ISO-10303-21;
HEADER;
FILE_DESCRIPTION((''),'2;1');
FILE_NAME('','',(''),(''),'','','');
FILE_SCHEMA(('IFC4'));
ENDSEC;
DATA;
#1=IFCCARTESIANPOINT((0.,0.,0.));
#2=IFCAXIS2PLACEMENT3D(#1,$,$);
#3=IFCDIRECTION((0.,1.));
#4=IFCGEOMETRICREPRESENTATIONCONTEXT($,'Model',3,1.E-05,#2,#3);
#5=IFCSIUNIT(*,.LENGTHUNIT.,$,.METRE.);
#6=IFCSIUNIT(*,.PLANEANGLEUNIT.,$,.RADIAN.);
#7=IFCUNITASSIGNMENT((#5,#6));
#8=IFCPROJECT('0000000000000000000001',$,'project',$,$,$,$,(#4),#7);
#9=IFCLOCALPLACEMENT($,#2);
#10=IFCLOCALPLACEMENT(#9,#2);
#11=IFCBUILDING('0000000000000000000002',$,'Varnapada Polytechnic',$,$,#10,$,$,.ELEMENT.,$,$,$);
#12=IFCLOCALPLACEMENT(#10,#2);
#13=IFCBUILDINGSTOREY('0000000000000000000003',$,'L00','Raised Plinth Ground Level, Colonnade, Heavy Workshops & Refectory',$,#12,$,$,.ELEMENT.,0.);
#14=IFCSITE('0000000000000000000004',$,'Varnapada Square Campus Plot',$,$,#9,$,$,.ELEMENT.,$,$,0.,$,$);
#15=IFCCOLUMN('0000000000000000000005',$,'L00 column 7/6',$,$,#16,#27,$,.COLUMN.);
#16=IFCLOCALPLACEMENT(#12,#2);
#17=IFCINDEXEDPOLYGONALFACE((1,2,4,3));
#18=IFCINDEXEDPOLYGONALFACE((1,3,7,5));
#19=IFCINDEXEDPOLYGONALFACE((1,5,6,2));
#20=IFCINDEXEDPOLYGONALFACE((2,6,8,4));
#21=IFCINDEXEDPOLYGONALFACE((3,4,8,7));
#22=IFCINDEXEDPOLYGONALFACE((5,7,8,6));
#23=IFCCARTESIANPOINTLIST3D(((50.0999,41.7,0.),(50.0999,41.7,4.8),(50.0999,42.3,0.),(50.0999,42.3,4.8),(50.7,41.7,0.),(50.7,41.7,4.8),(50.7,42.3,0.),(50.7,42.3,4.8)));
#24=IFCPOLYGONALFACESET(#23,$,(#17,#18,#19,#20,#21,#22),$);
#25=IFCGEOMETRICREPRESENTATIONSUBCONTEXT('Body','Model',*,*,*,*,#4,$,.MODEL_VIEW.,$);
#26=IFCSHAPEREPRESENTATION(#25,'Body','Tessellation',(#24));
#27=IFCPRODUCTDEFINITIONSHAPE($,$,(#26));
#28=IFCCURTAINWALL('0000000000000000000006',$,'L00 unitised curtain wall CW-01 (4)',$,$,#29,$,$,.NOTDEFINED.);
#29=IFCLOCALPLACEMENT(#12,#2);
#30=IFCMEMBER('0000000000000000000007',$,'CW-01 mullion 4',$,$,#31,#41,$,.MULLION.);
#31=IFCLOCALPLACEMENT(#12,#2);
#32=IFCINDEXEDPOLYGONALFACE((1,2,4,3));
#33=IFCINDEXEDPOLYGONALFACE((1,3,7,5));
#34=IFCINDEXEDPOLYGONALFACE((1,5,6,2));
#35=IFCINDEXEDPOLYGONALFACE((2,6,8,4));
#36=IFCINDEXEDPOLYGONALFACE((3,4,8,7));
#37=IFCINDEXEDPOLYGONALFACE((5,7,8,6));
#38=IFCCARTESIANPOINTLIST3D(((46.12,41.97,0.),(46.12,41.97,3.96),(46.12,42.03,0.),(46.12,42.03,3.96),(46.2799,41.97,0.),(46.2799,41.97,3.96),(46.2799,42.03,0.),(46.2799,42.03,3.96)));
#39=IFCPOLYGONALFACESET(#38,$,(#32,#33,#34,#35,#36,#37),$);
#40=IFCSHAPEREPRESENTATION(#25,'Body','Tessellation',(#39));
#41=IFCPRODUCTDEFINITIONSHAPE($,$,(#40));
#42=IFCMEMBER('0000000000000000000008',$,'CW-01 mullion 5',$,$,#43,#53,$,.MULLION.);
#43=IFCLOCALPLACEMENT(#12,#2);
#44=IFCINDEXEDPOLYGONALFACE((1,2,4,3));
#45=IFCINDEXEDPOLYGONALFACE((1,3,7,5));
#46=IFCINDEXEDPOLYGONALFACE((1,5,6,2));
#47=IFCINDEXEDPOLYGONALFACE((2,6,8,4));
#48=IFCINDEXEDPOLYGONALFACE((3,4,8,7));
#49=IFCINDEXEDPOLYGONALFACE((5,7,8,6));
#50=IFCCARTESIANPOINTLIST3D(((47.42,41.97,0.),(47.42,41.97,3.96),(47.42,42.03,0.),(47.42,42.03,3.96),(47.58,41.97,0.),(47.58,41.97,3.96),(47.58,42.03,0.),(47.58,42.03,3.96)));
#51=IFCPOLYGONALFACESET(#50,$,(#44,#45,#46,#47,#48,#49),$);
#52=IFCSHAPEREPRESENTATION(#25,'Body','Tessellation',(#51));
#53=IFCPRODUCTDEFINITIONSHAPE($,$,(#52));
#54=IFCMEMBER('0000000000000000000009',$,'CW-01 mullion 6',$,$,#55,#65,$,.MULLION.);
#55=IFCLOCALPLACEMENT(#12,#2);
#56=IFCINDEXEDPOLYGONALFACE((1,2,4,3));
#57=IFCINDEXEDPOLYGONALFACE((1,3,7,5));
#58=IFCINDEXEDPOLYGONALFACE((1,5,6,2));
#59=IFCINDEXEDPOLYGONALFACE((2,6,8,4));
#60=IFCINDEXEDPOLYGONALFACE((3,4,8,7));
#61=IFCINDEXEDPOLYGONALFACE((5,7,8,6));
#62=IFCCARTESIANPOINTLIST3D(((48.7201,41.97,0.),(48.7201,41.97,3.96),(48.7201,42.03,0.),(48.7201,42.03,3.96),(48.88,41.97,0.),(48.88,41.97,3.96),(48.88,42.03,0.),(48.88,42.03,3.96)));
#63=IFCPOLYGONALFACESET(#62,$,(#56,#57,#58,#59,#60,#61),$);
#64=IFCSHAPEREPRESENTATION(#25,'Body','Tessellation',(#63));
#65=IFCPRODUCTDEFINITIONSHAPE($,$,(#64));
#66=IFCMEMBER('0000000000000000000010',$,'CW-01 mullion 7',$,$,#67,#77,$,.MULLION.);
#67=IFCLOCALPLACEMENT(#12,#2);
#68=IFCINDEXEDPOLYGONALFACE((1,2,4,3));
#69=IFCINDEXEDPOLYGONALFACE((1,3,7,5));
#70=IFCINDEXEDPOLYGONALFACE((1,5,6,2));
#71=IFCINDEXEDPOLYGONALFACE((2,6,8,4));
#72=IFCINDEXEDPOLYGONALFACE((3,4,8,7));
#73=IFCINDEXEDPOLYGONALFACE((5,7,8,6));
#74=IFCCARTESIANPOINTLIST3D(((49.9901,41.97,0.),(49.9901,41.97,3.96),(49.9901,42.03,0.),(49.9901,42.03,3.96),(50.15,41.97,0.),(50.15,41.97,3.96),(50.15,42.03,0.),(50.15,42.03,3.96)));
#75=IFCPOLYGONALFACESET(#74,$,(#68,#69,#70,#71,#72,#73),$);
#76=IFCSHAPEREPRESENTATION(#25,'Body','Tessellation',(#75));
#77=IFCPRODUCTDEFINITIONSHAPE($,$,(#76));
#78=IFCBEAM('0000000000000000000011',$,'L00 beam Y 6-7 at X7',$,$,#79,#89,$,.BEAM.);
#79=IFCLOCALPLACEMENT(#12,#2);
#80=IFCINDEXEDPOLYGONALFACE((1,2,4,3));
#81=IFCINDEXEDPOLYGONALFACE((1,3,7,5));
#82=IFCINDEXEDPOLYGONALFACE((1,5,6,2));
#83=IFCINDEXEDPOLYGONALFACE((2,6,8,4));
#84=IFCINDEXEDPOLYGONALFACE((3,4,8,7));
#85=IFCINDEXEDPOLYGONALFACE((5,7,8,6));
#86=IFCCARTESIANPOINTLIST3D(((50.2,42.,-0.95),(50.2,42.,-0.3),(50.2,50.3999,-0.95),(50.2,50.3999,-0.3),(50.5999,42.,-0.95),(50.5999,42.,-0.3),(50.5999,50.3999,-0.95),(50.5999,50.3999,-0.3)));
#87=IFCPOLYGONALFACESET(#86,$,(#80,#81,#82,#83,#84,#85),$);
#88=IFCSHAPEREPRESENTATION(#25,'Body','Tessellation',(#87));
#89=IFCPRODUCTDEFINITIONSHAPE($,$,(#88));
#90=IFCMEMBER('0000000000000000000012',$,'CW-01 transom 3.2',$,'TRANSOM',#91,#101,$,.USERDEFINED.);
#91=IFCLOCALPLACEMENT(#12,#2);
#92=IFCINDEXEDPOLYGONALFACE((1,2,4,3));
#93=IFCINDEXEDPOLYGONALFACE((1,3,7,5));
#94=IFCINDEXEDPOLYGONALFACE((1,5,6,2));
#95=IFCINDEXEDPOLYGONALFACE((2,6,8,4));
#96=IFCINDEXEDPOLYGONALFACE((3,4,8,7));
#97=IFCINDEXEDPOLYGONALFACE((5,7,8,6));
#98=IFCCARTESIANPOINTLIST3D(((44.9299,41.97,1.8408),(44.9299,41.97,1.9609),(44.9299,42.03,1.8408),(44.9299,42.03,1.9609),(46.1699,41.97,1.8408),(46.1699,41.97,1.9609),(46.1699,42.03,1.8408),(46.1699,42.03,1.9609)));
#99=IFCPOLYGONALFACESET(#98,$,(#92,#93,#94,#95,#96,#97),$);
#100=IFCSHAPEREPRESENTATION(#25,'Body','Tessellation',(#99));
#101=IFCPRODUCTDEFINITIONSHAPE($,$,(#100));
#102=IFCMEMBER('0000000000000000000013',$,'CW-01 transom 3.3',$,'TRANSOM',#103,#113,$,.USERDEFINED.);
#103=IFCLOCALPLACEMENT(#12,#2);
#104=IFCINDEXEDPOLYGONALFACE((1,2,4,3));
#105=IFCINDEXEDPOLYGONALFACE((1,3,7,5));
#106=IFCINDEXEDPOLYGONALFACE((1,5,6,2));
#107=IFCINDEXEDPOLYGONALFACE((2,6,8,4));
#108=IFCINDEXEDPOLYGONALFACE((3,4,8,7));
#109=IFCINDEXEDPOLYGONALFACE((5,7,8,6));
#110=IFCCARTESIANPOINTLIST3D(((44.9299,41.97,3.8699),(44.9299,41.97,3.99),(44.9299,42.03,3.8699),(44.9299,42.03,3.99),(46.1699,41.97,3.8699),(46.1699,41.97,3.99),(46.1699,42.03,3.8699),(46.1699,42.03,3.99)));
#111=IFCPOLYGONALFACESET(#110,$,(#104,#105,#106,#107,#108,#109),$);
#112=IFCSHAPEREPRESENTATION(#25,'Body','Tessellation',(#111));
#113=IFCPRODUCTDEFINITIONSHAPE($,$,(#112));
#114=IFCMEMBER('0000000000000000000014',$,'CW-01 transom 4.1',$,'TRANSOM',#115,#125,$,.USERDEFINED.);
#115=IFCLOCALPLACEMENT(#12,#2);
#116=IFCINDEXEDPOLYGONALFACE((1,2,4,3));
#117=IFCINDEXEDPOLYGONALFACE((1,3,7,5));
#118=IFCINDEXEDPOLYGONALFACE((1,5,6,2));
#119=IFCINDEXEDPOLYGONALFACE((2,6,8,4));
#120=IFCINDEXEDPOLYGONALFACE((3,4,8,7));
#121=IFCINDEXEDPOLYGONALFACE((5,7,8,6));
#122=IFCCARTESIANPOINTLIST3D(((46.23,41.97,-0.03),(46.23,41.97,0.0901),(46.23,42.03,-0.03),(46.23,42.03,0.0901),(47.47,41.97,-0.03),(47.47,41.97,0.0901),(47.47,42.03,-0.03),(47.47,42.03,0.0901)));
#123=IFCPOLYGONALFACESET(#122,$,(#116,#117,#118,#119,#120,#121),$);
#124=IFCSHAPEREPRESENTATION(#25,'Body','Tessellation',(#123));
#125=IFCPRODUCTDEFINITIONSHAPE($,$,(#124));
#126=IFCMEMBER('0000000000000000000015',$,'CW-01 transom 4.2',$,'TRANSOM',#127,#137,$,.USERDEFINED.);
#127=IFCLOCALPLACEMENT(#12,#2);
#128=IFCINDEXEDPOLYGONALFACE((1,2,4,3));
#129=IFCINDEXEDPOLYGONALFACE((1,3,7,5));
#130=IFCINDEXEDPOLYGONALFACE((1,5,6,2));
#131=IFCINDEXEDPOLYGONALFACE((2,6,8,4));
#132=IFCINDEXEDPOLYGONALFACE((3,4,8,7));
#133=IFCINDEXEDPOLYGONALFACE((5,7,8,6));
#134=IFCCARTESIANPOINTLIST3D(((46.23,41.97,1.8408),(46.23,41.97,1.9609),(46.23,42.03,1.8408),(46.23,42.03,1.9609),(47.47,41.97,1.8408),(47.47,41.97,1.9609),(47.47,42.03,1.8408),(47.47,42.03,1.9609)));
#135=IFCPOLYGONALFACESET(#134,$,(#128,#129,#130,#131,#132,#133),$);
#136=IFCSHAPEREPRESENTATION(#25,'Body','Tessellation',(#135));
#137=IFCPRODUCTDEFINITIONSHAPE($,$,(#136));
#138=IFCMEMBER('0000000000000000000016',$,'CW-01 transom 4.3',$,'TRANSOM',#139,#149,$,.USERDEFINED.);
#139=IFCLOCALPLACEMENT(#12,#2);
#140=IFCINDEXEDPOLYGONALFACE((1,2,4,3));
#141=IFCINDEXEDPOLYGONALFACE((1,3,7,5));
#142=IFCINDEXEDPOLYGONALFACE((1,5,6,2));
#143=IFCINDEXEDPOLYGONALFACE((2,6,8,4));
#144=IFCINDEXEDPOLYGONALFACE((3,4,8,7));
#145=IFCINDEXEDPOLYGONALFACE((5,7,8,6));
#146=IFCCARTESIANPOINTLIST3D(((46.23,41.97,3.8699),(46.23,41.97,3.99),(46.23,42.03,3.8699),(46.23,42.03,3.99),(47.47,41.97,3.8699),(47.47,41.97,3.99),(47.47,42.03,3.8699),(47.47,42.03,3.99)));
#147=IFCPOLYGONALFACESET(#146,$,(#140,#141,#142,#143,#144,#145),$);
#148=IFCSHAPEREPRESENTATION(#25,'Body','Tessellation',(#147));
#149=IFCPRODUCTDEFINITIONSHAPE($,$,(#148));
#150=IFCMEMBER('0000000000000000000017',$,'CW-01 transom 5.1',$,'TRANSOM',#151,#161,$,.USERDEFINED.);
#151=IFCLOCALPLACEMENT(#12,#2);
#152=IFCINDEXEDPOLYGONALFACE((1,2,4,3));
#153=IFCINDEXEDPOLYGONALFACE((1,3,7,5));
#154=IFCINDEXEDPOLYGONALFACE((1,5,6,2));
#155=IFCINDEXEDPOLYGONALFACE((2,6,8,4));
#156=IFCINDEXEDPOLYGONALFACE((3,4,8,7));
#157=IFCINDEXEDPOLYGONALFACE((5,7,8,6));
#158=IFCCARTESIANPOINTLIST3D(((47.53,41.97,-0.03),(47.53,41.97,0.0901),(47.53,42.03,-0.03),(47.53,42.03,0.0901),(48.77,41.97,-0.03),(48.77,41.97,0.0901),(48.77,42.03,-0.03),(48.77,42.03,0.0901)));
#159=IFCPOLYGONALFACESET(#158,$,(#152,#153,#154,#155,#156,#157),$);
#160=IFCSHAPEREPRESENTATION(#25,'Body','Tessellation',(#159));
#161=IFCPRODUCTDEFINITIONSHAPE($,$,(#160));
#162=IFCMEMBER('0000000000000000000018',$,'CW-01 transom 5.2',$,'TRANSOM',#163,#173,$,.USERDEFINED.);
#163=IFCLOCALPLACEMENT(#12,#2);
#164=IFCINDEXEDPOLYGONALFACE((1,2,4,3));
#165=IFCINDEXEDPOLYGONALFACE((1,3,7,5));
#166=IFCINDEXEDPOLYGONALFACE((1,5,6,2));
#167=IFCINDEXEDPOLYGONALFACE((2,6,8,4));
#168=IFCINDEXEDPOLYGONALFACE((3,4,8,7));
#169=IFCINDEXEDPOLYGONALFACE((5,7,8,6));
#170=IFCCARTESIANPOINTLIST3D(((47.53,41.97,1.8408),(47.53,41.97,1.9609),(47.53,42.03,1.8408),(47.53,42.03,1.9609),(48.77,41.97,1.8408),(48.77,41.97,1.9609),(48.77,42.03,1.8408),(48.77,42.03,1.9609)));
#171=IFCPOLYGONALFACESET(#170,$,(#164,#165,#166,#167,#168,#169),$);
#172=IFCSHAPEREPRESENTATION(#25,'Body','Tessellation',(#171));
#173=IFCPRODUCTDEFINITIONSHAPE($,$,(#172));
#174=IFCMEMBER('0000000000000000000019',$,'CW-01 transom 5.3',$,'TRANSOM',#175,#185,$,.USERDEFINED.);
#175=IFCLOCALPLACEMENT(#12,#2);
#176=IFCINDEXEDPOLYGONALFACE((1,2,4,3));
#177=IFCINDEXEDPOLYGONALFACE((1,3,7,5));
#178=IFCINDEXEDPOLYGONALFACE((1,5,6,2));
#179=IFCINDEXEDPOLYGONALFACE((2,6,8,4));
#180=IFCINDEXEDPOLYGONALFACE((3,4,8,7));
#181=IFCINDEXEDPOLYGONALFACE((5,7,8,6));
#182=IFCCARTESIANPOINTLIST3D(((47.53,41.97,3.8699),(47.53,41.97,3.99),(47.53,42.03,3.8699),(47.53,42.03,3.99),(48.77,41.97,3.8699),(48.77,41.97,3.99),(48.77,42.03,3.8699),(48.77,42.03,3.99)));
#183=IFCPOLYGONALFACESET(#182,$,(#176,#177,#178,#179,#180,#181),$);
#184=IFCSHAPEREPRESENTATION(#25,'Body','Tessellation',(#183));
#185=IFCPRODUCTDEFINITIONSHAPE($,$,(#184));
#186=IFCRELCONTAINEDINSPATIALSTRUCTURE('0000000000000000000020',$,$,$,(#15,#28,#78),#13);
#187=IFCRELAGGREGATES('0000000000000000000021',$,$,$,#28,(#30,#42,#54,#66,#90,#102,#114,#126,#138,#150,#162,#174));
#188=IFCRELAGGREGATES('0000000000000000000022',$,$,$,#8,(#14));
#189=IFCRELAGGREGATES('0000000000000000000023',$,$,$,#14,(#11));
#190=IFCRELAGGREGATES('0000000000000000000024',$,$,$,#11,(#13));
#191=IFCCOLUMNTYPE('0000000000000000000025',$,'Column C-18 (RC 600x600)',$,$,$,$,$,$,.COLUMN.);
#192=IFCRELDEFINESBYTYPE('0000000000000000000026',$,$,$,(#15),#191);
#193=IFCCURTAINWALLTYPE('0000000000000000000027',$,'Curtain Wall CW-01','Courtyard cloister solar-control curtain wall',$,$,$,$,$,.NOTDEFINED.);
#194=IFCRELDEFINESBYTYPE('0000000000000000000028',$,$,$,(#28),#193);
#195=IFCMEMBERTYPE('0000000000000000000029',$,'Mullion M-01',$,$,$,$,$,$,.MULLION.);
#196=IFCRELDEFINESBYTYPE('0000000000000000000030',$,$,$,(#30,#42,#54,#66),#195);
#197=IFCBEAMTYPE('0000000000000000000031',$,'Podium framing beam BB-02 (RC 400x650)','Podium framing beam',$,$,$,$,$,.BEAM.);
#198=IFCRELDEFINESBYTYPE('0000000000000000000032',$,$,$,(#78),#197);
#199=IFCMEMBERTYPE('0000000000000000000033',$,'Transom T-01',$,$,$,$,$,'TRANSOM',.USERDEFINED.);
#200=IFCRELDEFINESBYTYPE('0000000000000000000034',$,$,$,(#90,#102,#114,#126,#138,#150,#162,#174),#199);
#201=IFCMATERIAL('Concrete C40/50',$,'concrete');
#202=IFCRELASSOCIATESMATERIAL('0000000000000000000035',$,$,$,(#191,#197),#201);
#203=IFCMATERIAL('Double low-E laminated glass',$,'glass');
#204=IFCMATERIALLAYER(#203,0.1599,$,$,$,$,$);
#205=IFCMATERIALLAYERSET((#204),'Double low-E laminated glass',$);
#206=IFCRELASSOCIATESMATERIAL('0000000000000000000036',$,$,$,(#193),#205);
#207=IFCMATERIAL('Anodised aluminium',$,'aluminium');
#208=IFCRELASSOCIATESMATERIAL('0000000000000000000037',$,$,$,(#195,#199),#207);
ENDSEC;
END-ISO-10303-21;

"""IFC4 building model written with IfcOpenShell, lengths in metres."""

from ifc_helpers import new_model, si_unit, direction, frame, origin, origin_2d, place, context, subcontext, project, spatial, rectangle, extrude, material, layer, layer_set, material_profile, profile_set, type_object, element, aggregate, save


model = new_model("IFC4")

# Units and contexts
model_context = context("Model", 3, precision=1e-05, world=origin(), true_north=direction((0.0, 1.0)))
body_context = subcontext(model_context, "Body", "Model", "MODEL_VIEW")
ifc_project = project(units=[si_unit("LENGTHUNIT", "METRE"), si_unit("PLANEANGLEUNIT", "RADIAN")], contexts=[model_context])

# Site, building, storey
site_placement = place(None, origin())
site = spatial("IfcSite", under=ifc_project, at=site_placement, Name="Varnapada Square Campus Plot", CompositionType="ELEMENT", RefElevation=0.0)
building_placement = place(site_placement, origin())
building = spatial("IfcBuilding", under=site, at=building_placement, Name="Varnapada Polytechnic", CompositionType="ELEMENT")
storey_placement = place(building_placement, origin())
storey = spatial("IfcBuildingStorey", under=building, at=storey_placement, Name="L00", Description="Raised Plinth Ground Level, Colonnade, Heavy Workshops & Refectory", CompositionType="ELEMENT", Elevation=0.0)

# Column
ifc_material_1 = material(Name="Concrete C40/50", Category="concrete")
ifc_material_profile_1 = material_profile(ifc_material_1, rectangle(XDim=0.6001, YDim=0.6001, at=origin_2d()), Name="RC 600x600")
ifc_profile_set_1 = profile_set([ifc_material_profile_1], Name="Concrete C40/50")
column_type = type_object("IfcColumnType", Name="Column C-18 (RC 600x600)", PredefinedType="COLUMN", material=ifc_profile_set_1)
column_placement = place(storey_placement, frame((50.3999, 42.0, 0.0), z_axis=(0.0, 0.0, 1.0), x_axis=(1.0, 0.0, 0.0)))
element("IfcColumn", 1, at=column_placement, inside=storey, type_object=column_type, Name="L00 column 7/6", PredefinedType="COLUMN", context=body_context, shape_type="SweptSolid", body=[
    extrude(rectangle(XDim=0.6001, YDim=0.6001, at=origin_2d()), origin(), (0.0, 0.0, 1.0), 4.8),
])

# Curtain wall, members
ifc_material_2 = material(Name="Double low-E laminated glass", Category="glass")
ifc_layer_1 = layer(ifc_material_2, 0.1599)
ifc_layer_set_1 = layer_set([ifc_layer_1], Name="Double low-E laminated glass")
curtain_wall_type = type_object("IfcCurtainWallType", Name="Curtain Wall CW-01", Description="Courtyard cloister solar-control curtain wall", PredefinedType="NOTDEFINED", material=ifc_layer_set_1)
curtain_wall_placement = place(storey_placement, origin())
curtain_wall = element("IfcCurtainWall", 2, at=curtain_wall_placement, inside=storey, type_object=curtain_wall_type, Name="L00 unitised curtain wall CW-01 (4)", PredefinedType="NOTDEFINED")
ifc_material_3 = material(Name="Anodised aluminium", Category="aluminium")
ifc_material_profile_2 = material_profile(ifc_material_3, rectangle(XDim=0.0601, YDim=0.1599, at=origin_2d()), Name="ALU M60x160")
ifc_profile_set_2 = profile_set([ifc_material_profile_2], Name="Anodised aluminium")
member_type_1 = type_object("IfcMemberType", Name="Mullion M-01", PredefinedType="MULLION", material=ifc_profile_set_2)
member_1_placement = place(storey_placement, frame((46.2, 42.0, 0.0), z_axis=(0.0, 0.0, 1.0), x_axis=(0.0, 1.0, 0.0)))
member_1 = element("IfcMember", 3, at=member_1_placement, type_object=member_type_1, Name="CW-01 mullion 4", PredefinedType="MULLION", context=body_context, shape_type="SweptSolid", body=[
    extrude(rectangle(XDim=0.0601, YDim=0.1599, at=origin_2d()), origin(), (0.0, 0.0, 1.0), 3.96),
])
member_2_placement = place(storey_placement, frame((47.5, 42.0, 0.0), z_axis=(0.0, 0.0, 1.0), x_axis=(0.0, 1.0, 0.0)))
member_2 = element("IfcMember", 4, at=member_2_placement, type_object=member_type_1, Name="CW-01 mullion 5", PredefinedType="MULLION", context=body_context, shape_type="SweptSolid", body=[
    extrude(rectangle(XDim=0.0601, YDim=0.1599, at=origin_2d()), origin(), (0.0, 0.0, 1.0), 3.96),
])
member_3_placement = place(storey_placement, frame((48.8, 42.0, 0.0), z_axis=(0.0, 0.0, 1.0), x_axis=(0.0, 1.0, 0.0)))
member_3 = element("IfcMember", 5, at=member_3_placement, type_object=member_type_1, Name="CW-01 mullion 6", PredefinedType="MULLION", context=body_context, shape_type="SweptSolid", body=[
    extrude(rectangle(XDim=0.0601, YDim=0.1599, at=origin_2d()), origin(), (0.0, 0.0, 1.0), 3.96),
])
member_4_placement = place(storey_placement, frame((50.0701, 42.0, 0.0), z_axis=(0.0, 0.0, 1.0), x_axis=(0.0, 1.0, 0.0)))
member_4 = element("IfcMember", 6, at=member_4_placement, type_object=member_type_1, Name="CW-01 mullion 7", PredefinedType="MULLION", context=body_context, shape_type="SweptSolid", body=[
    extrude(rectangle(XDim=0.0601, YDim=0.1599, at=origin_2d()), origin(), (0.0, 0.0, 1.0), 3.96),
])

# Beam
ifc_material_profile_3 = material_profile(ifc_material_1, rectangle(XDim=0.3999, YDim=0.6499, at=origin_2d()), Name="RC 400x650")
ifc_profile_set_3 = profile_set([ifc_material_profile_3], Name="Concrete C40/50")
beam_type_1 = type_object("IfcBeamType", Name="Podium framing beam BB-02 (RC 400x650)", Description="Podium framing beam", PredefinedType="BEAM", material=ifc_profile_set_3)
beam_1_placement = place(storey_placement, frame((50.3999, 42.0, -0.625), z_axis=(0.0, 1.0, 0.0), x_axis=(-1.0, 0.0, 0.0)))
element("IfcBeam", 7, at=beam_1_placement, inside=storey, type_object=beam_type_1, Name="L00 beam Y 6-7 at X7", PredefinedType="BEAM", context=body_context, shape_type="SweptSolid", body=[
    extrude(rectangle(XDim=0.3999, YDim=0.6499, at=origin_2d()), origin(), (0.0, 0.0, 1.0), 8.3999),
])

# Members
ifc_material_profile_4 = material_profile(ifc_material_3, rectangle(XDim=0.0601, YDim=0.1201, at=origin_2d()), Name="ALU T60x120")
ifc_profile_set_4 = profile_set([ifc_material_profile_4], Name="Anodised aluminium")
member_type_2 = type_object("IfcMemberType", Name="Transom T-01", ElementType="TRANSOM", PredefinedType="USERDEFINED", material=ifc_profile_set_4)
member_5_placement = place(storey_placement, frame((44.9299, 42.0, 1.9009), z_axis=(1.0, 0.0, 0.0), x_axis=(0.0, 1.0, 0.0)))
member_5 = element("IfcMember", 8, at=member_5_placement, type_object=member_type_2, Name="CW-01 transom 3.2", ObjectType="TRANSOM", PredefinedType="USERDEFINED", context=body_context, shape_type="SweptSolid", body=[
    extrude(rectangle(XDim=0.0601, YDim=0.1201, at=origin_2d()), origin(), (0.0, 0.0, 1.0), 1.24),
])
member_6_placement = place(storey_placement, frame((44.9299, 42.0, 3.9299), z_axis=(1.0, 0.0, 0.0), x_axis=(0.0, 1.0, 0.0)))
member_6 = element("IfcMember", 9, at=member_6_placement, type_object=member_type_2, Name="CW-01 transom 3.3", ObjectType="TRANSOM", PredefinedType="USERDEFINED", context=body_context, shape_type="SweptSolid", body=[
    extrude(rectangle(XDim=0.0601, YDim=0.1201, at=origin_2d()), origin(), (0.0, 0.0, 1.0), 1.24),
])
member_7_placement = place(storey_placement, frame((46.23, 42.0, 0.03), z_axis=(1.0, 0.0, 0.0), x_axis=(0.0, 1.0, 0.0)))
member_7 = element("IfcMember", 10, at=member_7_placement, type_object=member_type_2, Name="CW-01 transom 4.1", ObjectType="TRANSOM", PredefinedType="USERDEFINED", context=body_context, shape_type="SweptSolid", body=[
    extrude(rectangle(XDim=0.0601, YDim=0.1201, at=origin_2d()), origin(), (0.0, 0.0, 1.0), 1.24),
])
member_8_placement = place(storey_placement, frame((46.23, 42.0, 1.9009), z_axis=(1.0, 0.0, 0.0), x_axis=(0.0, 1.0, 0.0)))
member_8 = element("IfcMember", 11, at=member_8_placement, type_object=member_type_2, Name="CW-01 transom 4.2", ObjectType="TRANSOM", PredefinedType="USERDEFINED", context=body_context, shape_type="SweptSolid", body=[
    extrude(rectangle(XDim=0.0601, YDim=0.1201, at=origin_2d()), origin(), (0.0, 0.0, 1.0), 1.24),
])
member_9_placement = place(storey_placement, frame((46.23, 42.0, 3.9299), z_axis=(1.0, 0.0, 0.0), x_axis=(0.0, 1.0, 0.0)))
member_9 = element("IfcMember", 12, at=member_9_placement, type_object=member_type_2, Name="CW-01 transom 4.3", ObjectType="TRANSOM", PredefinedType="USERDEFINED", context=body_context, shape_type="SweptSolid", body=[
    extrude(rectangle(XDim=0.0601, YDim=0.1201, at=origin_2d()), origin(), (0.0, 0.0, 1.0), 1.24),
])
member_10_placement = place(storey_placement, frame((47.53, 42.0, 0.03), z_axis=(1.0, 0.0, 0.0), x_axis=(0.0, 1.0, 0.0)))
member_10 = element("IfcMember", 13, at=member_10_placement, type_object=member_type_2, Name="CW-01 transom 5.1", ObjectType="TRANSOM", PredefinedType="USERDEFINED", context=body_context, shape_type="SweptSolid", body=[
    extrude(rectangle(XDim=0.0601, YDim=0.1201, at=origin_2d()), origin(), (0.0, 0.0, 1.0), 1.24),
])
member_11_placement = place(storey_placement, frame((47.53, 42.0, 1.9009), z_axis=(1.0, 0.0, 0.0), x_axis=(0.0, 1.0, 0.0)))
member_11 = element("IfcMember", 14, at=member_11_placement, type_object=member_type_2, Name="CW-01 transom 5.2", ObjectType="TRANSOM", PredefinedType="USERDEFINED", context=body_context, shape_type="SweptSolid", body=[
    extrude(rectangle(XDim=0.0601, YDim=0.1201, at=origin_2d()), origin(), (0.0, 0.0, 1.0), 1.24),
])
member_12_placement = place(storey_placement, frame((47.53, 42.0, 3.9299), z_axis=(1.0, 0.0, 0.0), x_axis=(0.0, 1.0, 0.0)))
member_12 = element("IfcMember", 15, at=member_12_placement, type_object=member_type_2, Name="CW-01 transom 5.3", ObjectType="TRANSOM", PredefinedType="USERDEFINED", context=body_context, shape_type="SweptSolid", body=[
    extrude(rectangle(XDim=0.0601, YDim=0.1201, at=origin_2d()), origin(), (0.0, 0.0, 1.0), 1.24),
])

aggregate(curtain_wall, [member_1, member_2, member_3, member_4, member_5, member_6, member_7, member_8, member_9, member_10, member_11, member_12])

save(model, "model.ifc")
